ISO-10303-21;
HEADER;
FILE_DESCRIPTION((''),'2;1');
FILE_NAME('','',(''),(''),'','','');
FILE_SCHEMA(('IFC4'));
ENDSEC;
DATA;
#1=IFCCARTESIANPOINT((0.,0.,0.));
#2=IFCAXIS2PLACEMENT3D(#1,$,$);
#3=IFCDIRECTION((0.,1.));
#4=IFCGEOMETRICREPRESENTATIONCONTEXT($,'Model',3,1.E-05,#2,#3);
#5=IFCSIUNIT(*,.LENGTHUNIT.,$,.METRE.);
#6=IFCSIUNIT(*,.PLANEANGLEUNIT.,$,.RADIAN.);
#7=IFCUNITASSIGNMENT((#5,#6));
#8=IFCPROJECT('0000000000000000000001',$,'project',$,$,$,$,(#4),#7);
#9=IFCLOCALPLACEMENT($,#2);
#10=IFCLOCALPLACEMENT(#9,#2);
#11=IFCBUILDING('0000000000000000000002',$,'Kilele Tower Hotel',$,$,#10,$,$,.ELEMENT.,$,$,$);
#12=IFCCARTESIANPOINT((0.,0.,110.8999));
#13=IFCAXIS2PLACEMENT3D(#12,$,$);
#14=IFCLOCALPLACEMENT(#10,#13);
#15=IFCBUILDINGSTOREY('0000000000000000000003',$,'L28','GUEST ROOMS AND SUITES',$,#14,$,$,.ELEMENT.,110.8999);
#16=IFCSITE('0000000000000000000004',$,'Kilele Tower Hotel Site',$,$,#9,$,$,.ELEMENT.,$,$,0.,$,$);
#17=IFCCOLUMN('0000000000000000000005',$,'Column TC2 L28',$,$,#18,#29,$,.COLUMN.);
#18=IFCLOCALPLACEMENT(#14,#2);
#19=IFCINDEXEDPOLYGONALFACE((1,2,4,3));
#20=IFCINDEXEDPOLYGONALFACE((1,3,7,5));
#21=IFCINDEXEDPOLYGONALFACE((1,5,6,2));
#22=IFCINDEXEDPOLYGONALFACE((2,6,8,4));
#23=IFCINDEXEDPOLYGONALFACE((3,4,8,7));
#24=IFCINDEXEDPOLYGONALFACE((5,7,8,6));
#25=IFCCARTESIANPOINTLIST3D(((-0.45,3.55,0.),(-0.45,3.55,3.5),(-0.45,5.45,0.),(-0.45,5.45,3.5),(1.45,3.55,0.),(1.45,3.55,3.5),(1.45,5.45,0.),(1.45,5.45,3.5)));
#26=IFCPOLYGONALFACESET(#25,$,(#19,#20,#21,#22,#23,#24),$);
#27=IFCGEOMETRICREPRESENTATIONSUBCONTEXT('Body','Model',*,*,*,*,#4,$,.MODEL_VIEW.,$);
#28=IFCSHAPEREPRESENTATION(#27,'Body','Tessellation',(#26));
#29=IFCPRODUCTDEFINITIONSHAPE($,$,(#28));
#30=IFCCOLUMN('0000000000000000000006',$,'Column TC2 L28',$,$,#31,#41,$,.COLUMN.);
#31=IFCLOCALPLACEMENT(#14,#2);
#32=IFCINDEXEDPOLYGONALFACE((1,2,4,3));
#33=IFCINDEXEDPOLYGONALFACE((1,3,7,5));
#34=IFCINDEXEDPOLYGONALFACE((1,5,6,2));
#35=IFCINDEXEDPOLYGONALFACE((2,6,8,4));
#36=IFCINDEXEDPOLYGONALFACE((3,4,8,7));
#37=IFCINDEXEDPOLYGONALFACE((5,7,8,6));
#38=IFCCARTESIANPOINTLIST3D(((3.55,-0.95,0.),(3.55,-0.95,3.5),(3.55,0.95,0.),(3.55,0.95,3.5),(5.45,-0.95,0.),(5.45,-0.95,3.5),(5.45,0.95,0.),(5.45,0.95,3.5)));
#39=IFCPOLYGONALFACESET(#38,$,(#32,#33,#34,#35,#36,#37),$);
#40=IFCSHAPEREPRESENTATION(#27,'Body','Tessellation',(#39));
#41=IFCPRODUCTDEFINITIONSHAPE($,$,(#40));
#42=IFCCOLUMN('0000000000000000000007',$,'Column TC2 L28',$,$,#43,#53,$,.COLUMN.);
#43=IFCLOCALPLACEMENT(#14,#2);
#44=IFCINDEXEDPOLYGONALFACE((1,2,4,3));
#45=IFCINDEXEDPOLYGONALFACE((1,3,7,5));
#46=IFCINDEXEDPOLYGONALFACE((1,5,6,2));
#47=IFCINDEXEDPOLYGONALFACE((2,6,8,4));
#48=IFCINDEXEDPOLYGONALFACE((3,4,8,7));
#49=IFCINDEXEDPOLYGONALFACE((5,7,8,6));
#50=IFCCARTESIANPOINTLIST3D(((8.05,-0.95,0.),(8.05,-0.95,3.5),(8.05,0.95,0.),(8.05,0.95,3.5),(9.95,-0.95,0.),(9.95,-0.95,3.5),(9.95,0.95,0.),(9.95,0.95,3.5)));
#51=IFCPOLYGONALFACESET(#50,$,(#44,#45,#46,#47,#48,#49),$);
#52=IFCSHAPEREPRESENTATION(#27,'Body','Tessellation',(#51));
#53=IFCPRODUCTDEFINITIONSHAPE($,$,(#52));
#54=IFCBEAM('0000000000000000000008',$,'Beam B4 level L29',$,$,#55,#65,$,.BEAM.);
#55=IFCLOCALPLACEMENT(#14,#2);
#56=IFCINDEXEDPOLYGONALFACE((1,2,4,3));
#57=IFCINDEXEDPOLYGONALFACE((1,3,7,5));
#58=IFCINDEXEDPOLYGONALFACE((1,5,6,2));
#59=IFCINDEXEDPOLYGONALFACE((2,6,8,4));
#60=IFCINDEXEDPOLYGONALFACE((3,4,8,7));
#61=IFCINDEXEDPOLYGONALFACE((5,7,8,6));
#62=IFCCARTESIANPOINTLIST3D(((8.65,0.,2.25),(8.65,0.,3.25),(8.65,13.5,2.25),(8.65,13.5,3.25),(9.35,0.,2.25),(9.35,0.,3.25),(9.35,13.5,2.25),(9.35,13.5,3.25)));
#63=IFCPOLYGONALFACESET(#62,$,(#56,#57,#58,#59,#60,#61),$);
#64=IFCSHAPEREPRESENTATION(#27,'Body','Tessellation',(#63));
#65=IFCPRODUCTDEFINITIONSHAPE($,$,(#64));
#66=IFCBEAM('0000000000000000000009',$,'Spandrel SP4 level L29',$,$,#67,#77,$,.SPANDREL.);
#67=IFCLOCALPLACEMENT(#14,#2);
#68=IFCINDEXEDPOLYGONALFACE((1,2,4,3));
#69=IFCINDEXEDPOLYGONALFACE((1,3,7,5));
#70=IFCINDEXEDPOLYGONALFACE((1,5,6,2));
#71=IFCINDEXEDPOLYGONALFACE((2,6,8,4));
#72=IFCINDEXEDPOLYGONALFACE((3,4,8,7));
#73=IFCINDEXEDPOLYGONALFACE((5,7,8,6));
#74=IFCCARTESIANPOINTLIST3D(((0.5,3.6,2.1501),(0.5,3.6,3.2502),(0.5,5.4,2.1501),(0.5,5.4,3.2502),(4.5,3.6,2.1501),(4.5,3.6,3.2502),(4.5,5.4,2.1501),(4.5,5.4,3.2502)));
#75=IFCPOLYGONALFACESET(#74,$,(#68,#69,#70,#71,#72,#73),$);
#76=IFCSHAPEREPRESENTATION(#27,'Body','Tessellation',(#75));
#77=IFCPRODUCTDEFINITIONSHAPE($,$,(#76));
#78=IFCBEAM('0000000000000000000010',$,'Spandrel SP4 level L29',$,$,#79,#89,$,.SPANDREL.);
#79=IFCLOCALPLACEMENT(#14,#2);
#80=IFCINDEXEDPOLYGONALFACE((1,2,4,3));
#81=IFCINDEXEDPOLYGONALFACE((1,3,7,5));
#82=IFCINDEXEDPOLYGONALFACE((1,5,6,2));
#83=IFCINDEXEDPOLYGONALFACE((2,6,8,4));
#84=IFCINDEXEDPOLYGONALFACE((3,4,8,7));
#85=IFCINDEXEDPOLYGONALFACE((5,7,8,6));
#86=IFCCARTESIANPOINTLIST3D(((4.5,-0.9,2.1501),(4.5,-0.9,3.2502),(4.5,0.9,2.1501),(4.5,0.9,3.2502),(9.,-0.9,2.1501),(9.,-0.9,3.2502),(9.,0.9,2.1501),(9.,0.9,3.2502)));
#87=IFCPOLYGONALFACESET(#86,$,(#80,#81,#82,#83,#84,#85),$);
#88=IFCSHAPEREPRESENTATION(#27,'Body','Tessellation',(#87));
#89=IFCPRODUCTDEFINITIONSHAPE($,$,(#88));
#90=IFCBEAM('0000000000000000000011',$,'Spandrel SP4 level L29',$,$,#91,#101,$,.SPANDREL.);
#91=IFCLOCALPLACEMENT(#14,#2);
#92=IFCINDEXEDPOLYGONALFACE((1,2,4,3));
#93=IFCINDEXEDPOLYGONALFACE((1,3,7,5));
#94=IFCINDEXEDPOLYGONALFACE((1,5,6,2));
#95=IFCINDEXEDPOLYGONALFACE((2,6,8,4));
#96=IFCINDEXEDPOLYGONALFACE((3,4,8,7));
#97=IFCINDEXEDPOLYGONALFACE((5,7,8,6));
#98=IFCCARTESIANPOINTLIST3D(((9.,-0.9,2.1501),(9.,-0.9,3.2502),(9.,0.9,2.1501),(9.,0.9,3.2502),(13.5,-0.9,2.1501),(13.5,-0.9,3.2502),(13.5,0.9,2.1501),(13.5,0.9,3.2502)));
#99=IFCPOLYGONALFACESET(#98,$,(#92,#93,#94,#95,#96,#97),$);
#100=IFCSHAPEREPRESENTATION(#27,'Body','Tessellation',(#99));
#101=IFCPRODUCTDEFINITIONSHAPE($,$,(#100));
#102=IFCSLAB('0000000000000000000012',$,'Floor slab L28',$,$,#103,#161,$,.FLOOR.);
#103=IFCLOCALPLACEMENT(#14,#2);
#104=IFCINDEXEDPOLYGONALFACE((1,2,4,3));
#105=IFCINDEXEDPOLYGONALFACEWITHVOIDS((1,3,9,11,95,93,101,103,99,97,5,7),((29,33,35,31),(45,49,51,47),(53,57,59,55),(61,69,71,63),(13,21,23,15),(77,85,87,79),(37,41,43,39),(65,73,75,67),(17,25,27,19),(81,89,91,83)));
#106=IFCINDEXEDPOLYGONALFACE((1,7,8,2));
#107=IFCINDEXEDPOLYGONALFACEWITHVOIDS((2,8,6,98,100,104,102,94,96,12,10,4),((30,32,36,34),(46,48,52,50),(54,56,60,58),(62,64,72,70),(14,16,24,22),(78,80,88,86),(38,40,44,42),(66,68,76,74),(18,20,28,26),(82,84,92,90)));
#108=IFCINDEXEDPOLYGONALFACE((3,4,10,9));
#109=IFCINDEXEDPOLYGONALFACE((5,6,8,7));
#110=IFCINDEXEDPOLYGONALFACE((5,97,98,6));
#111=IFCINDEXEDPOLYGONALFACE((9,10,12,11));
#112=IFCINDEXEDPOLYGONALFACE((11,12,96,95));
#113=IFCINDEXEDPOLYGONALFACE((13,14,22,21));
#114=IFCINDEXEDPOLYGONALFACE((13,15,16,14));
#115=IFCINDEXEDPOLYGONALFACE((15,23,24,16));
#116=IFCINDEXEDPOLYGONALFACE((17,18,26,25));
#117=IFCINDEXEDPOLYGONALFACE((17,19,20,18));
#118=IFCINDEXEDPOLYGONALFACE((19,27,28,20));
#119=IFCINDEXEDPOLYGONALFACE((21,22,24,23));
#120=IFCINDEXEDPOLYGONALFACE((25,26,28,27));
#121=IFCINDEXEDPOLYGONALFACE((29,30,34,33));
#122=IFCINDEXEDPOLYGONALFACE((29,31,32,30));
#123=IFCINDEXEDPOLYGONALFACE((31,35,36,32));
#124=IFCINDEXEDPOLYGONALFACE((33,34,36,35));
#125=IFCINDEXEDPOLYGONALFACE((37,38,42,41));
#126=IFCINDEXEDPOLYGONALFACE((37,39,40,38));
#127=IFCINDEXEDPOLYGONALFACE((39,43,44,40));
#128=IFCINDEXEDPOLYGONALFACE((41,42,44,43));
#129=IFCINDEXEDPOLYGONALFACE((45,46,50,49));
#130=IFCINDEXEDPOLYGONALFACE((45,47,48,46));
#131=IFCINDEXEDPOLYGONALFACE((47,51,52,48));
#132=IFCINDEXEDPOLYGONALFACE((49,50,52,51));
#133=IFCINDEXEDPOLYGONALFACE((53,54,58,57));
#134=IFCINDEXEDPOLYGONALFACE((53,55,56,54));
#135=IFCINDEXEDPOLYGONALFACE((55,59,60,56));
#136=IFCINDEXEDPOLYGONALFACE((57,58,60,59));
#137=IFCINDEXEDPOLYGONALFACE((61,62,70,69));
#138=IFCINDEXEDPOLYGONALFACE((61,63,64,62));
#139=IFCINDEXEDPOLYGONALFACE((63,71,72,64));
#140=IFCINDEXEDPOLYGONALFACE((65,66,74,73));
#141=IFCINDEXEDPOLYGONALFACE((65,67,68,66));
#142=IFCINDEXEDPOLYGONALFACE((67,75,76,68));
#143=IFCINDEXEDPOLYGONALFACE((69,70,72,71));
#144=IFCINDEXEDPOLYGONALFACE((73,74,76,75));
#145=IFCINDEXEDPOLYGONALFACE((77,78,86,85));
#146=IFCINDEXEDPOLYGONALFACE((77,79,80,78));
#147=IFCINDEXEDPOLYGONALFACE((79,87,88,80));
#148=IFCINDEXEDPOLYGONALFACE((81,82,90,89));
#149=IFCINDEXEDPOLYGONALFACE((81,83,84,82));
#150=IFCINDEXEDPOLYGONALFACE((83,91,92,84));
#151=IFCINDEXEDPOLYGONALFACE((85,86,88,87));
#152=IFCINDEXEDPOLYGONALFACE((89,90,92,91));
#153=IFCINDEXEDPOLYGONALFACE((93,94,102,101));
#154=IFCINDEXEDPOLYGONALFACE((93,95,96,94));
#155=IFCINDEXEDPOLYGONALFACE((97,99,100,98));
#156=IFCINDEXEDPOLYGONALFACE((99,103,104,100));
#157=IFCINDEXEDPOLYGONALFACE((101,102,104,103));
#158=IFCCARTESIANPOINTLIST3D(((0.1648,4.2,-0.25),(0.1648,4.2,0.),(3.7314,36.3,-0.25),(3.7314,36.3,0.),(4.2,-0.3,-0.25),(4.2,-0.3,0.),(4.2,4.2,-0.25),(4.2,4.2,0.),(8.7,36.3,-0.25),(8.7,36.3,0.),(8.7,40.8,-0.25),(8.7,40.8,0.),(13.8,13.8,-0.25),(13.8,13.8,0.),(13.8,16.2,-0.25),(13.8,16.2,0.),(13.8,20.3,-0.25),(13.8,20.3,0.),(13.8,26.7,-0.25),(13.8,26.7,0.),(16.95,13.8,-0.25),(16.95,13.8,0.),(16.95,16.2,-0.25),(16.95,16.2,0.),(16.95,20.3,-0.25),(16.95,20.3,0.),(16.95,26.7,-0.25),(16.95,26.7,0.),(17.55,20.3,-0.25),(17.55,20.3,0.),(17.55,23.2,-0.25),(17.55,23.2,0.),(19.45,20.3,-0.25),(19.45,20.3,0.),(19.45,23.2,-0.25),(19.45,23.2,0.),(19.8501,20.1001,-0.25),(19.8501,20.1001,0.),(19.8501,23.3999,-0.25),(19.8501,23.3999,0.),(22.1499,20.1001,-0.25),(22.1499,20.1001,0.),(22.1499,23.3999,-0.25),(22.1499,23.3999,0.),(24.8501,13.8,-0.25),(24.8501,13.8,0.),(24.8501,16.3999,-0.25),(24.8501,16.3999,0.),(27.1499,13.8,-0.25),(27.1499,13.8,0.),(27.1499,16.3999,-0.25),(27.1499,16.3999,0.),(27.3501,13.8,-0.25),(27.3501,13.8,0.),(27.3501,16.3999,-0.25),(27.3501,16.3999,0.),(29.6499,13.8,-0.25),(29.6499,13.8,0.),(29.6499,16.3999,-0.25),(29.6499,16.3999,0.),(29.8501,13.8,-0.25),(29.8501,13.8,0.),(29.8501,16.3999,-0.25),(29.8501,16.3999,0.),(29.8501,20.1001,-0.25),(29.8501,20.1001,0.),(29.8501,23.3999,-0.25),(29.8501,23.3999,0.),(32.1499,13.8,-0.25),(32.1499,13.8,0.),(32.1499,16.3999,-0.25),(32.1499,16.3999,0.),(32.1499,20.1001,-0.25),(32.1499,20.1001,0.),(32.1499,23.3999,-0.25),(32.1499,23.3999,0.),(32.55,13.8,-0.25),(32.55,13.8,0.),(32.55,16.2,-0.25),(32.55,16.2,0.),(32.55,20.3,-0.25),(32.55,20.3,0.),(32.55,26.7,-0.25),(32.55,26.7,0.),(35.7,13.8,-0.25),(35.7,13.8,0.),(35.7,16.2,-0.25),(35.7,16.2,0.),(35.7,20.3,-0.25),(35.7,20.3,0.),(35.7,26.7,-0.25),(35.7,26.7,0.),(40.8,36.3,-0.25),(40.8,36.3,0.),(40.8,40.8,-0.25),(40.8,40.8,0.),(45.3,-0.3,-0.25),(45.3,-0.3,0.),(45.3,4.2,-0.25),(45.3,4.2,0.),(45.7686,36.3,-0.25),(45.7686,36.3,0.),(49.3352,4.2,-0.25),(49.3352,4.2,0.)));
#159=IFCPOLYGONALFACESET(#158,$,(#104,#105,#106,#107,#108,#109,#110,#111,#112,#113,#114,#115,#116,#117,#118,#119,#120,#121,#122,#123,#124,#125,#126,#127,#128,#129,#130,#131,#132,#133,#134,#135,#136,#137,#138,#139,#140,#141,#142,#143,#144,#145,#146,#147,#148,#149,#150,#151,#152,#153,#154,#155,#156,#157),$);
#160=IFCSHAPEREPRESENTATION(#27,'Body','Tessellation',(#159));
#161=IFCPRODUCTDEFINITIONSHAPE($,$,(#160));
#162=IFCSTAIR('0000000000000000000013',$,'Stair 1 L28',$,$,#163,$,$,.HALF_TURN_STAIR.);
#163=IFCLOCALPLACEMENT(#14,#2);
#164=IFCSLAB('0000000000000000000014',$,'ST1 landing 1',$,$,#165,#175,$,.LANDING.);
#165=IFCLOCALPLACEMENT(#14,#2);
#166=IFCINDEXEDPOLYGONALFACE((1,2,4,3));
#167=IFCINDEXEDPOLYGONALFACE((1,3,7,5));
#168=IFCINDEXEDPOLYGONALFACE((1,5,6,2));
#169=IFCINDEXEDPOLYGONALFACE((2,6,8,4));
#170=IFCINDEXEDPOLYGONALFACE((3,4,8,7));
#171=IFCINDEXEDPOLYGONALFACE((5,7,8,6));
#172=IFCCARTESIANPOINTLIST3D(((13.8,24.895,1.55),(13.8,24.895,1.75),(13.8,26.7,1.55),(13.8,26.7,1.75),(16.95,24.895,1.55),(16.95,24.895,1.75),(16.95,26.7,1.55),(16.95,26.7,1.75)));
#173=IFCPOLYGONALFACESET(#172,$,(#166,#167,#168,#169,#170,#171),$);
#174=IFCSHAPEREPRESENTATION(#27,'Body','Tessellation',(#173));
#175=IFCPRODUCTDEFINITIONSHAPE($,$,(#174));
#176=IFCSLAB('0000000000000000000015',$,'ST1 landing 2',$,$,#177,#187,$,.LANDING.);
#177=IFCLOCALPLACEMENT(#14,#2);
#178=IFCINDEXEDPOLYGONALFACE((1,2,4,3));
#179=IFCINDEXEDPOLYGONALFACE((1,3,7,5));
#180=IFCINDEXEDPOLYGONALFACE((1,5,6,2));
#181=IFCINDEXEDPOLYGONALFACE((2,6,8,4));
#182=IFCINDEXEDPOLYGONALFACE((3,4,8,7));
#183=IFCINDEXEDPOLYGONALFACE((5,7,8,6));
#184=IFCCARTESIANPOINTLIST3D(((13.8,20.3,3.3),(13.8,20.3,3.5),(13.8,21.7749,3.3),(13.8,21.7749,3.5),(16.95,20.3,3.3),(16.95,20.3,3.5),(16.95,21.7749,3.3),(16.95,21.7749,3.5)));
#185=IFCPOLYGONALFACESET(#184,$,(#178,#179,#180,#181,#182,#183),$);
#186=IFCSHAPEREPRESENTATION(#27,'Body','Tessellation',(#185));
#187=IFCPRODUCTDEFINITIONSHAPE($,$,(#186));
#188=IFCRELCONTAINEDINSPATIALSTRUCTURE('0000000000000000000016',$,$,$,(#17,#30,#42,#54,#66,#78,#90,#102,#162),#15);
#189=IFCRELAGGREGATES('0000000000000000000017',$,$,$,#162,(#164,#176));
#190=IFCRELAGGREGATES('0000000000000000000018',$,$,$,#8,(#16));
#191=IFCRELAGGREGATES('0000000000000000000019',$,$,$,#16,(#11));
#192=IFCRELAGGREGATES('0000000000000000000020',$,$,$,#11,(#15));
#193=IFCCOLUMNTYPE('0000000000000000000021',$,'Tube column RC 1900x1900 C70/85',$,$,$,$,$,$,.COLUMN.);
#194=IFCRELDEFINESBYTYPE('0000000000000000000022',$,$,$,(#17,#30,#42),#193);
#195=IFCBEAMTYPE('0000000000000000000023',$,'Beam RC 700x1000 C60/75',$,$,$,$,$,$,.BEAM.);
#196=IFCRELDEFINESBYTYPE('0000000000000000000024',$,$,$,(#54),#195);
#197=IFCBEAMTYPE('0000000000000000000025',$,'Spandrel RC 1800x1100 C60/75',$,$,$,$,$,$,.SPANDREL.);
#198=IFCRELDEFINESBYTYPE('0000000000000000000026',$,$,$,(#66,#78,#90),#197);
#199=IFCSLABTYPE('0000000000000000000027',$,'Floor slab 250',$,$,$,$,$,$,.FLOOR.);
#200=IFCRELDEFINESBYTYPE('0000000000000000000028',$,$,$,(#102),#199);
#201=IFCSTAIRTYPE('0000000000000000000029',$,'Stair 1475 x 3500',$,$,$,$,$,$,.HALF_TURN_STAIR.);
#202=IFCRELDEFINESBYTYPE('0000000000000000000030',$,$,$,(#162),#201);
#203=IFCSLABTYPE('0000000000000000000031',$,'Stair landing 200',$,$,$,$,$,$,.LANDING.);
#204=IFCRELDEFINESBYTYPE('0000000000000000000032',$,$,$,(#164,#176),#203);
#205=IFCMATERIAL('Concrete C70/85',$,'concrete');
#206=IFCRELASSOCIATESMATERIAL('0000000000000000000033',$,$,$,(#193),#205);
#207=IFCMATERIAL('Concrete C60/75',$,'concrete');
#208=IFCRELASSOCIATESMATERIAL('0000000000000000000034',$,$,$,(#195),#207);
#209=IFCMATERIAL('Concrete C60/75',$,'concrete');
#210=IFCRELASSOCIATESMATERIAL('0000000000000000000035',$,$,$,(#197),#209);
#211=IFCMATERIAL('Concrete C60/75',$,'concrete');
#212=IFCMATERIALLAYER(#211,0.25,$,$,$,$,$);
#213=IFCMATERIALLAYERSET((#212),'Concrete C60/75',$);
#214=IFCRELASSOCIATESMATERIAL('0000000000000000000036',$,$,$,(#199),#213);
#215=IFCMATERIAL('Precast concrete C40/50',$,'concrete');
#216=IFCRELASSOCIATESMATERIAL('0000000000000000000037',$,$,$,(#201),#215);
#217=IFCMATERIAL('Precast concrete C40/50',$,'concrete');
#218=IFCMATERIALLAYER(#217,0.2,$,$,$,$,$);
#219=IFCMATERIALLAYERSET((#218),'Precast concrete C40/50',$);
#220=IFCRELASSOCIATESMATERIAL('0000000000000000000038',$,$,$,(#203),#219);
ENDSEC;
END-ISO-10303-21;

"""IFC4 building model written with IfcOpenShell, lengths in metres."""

from ifc_helpers import new_model, si_unit, direction, frame, origin, origin_2d, place, context, subcontext, project, spatial, polyline, rectangle, outline, extrude, material, layer, layer_set, material_profile, profile_set, type_object, element, aggregate, save


model = new_model("IFC4")

# Units and contexts
model_context = context("Model", 3, precision=1e-05, world=origin(), true_north=direction((0.0, 1.0)))
body_context = subcontext(model_context, "Body", "Model", "MODEL_VIEW")
ifc_project = project(units=[si_unit("LENGTHUNIT", "METRE"), si_unit("PLANEANGLEUNIT", "RADIAN")], contexts=[model_context])

# Site, building, storey
site_placement = place(None, origin())
site = spatial("IfcSite", under=ifc_project, at=site_placement, Name="Kilele Tower Hotel Site", CompositionType="ELEMENT", RefElevation=0.0)
building_placement = place(site_placement, origin())
building = spatial("IfcBuilding", under=site, at=building_placement, Name="Kilele Tower Hotel", CompositionType="ELEMENT")
storey_placement = place(building_placement, frame((0.0, 0.0, 110.8999)))
storey = spatial("IfcBuildingStorey", under=building, at=storey_placement, Name="L28", Description="GUEST ROOMS AND SUITES", CompositionType="ELEMENT", Elevation=110.8999)

# Columns
ifc_material_1 = material(Name="Concrete C70/85", Category="concrete")
ifc_material_profile_1 = material_profile(ifc_material_1, rectangle(XDim=1.8999, YDim=1.8999, at=origin_2d()))
ifc_profile_set_1 = profile_set([ifc_material_profile_1], Name="Concrete C70/85")
column_type = type_object("IfcColumnType", Name="Tube column RC 1900x1900 C70/85", PredefinedType="COLUMN", material=ifc_profile_set_1)
for number, where, z_axis, x_axis, name in (
    (1, (0.5, 4.5, 0.0), (0.0, 0.0, 1.0), (1.0, 0.0, 0.0), "Column TC2 L28"),
    (2, (4.5, 0.0, 0.0), (0.0, 0.0, 1.0), (1.0, 0.0, 0.0), "Column TC2 L28"),
    (3, (9.0, 0.0, 0.0), (0.0, 0.0, 1.0), (1.0, 0.0, 0.0), "Column TC2 L28"),
):
    element("IfcColumn", number, at=place(storey_placement, frame(where, z_axis=z_axis, x_axis=x_axis)), inside=storey, type_object=column_type, Name=name, PredefinedType="COLUMN", context=body_context, shape_type="SweptSolid", body=[
        extrude(rectangle(XDim=1.8999, YDim=1.8999, at=origin_2d()), origin(), (0.0, 0.0, 1.0), 3.5),
    ])

# Beams
ifc_material_2 = material(Name="Concrete C60/75", Category="concrete")
ifc_material_profile_2 = material_profile(ifc_material_2, rectangle(XDim=0.7, YDim=1.0, at=origin_2d()))
ifc_profile_set_2 = profile_set([ifc_material_profile_2], Name="Concrete C60/75")
beam_type_1 = type_object("IfcBeamType", Name="Beam RC 700x1000 C60/75", PredefinedType="BEAM", material=ifc_profile_set_2)
beam_1_placement = place(storey_placement, frame((9.0, 0.0, 2.75), z_axis=(0.0, 1.0, 0.0), x_axis=(-1.0, 0.0, 0.0)))
element("IfcBeam", 4, at=beam_1_placement, inside=storey, type_object=beam_type_1, Name="Beam B4 level L29", PredefinedType="BEAM", context=body_context, shape_type="SweptSolid", body=[
    extrude(rectangle(XDim=0.7, YDim=1.0, at=origin_2d()), origin(), (0.0, 0.0, 1.0), 13.5),
])
ifc_material_3 = material(Name="Concrete C60/75", Category="concrete")
ifc_material_profile_3 = material_profile(ifc_material_3, rectangle(XDim=1.8, YDim=1.1001, at=origin_2d()))
ifc_profile_set_3 = profile_set([ifc_material_profile_3], Name="Concrete C60/75")
beam_type_2 = type_object("IfcBeamType", Name="Spandrel RC 1800x1100 C60/75", PredefinedType="SPANDREL", material=ifc_profile_set_3)
beam_2_placement = place(storey_placement, frame((0.5, 4.5, 2.7002), z_axis=(1.0, 0.0, 0.0), x_axis=(0.0, 1.0, 0.0)))
element("IfcBeam", 5, at=beam_2_placement, inside=storey, type_object=beam_type_2, Name="Spandrel SP4 level L29", PredefinedType="SPANDREL", context=body_context, shape_type="SweptSolid", body=[
    extrude(rectangle(XDim=1.8, YDim=1.1001, at=origin_2d()), origin(), (0.0, 0.0, 1.0), 4.0),
])
for number, where, z_axis, x_axis, name in (
    (6, (4.5, 0.0, 2.7002), (1.0, 0.0, 0.0), (0.0, 1.0, 0.0), "Spandrel SP4 level L29"),
    (7, (9.0, 0.0, 2.7002), (1.0, 0.0, 0.0), (0.0, 1.0, 0.0), "Spandrel SP4 level L29"),
):
    element("IfcBeam", number, at=place(storey_placement, frame(where, z_axis=z_axis, x_axis=x_axis)), inside=storey, type_object=beam_type_2, Name=name, PredefinedType="SPANDREL", context=body_context, shape_type="SweptSolid", body=[
        extrude(rectangle(XDim=1.8, YDim=1.1001, at=origin_2d()), origin(), (0.0, 0.0, 1.0), 4.5),
    ])

# Slab
ifc_material_4 = material(Name="Concrete C60/75", Category="concrete")
ifc_layer_1 = layer(ifc_material_4, 0.25)
ifc_layer_set_1 = layer_set([ifc_layer_1], Name="Concrete C60/75")
slab_type_1 = type_object("IfcSlabType", Name="Floor slab 250", PredefinedType="FLOOR", material=ifc_layer_set_1)
slab_1_placement = place(storey_placement, frame((0.0, 0.0, -0.25)))
element("IfcSlab", 8, at=slab_1_placement, inside=storey, type_object=slab_type_1, Name="Floor slab L28", PredefinedType="FLOOR", context=body_context, shape_type="SweptSolid", body=[
    extrude(outline(polyline([(8.7, 36.3), (8.7, 40.8), (40.8, 40.8), (40.8, 36.3), (45.7686, 36.3), (49.3352, 4.2), (45.3, 4.2), (45.3, -0.3), (4.2, -0.3), (4.2, 4.2), (0.1648, 4.2), (3.7314, 36.3), (8.7, 36.3)]), holes=[polyline([(16.95, 16.2), (13.8, 16.2), (13.8, 13.8), (16.95, 13.8), (16.95, 16.2)]), polyline([(35.7, 16.2), (32.55, 16.2), (32.55, 13.8), (35.7, 13.8), (35.7, 16.2)]), polyline([(27.1499, 16.3999), (24.8501, 16.3999), (24.8501, 13.8), (27.1499, 13.8), (27.1499, 16.3999)]), polyline([(29.6499, 13.8), (29.6499, 16.3999), (27.3501, 16.3999), (27.3501, 13.8), (29.6499, 13.8)]), polyline([(32.1499, 13.8), (32.1499, 16.3999), (29.8501, 16.3999), (29.8501, 13.8), (32.1499, 13.8)]), polyline([(19.45, 23.2), (17.55, 23.2), (17.55, 20.3), (19.45, 20.3), (19.45, 23.2)]), polyline([(22.1499, 23.3999), (19.8501, 23.3999), (19.8501, 20.1001), (22.1499, 20.1001), (22.1499, 23.3999)]), polyline([(32.1499, 23.3999), (29.8501, 23.3999), (29.8501, 20.1001), (32.1499, 20.1001), (32.1499, 23.3999)]), polyline([(16.95, 20.3), (16.95, 26.7), (13.8, 26.7), (13.8, 20.3), (16.95, 20.3)]), polyline([(35.7, 20.3), (35.7, 26.7), (32.55, 26.7), (32.55, 20.3), (35.7, 20.3)])]), origin(), (0.0, 0.0, 1.0), 0.25),
])

# Stair, slabs
ifc_material_5 = material(Name="Precast concrete C40/50", Category="concrete")
stair_type = type_object("IfcStairType", Name="Stair 1475 x 3500", PredefinedType="HALF_TURN_STAIR", material=ifc_material_5)
stair_1_placement = place(storey_placement, origin())
stair_1 = element("IfcStair", 9, at=stair_1_placement, inside=storey, type_object=stair_type, Name="Stair 1 L28", PredefinedType="HALF_TURN_STAIR")
ifc_material_6 = material(Name="Precast concrete C40/50", Category="concrete")
ifc_layer_2 = layer(ifc_material_6, 0.2)
ifc_layer_set_2 = layer_set([ifc_layer_2], Name="Precast concrete C40/50")
slab_type_2 = type_object("IfcSlabType", Name="Stair landing 200", PredefinedType="LANDING", material=ifc_layer_set_2)
slab_2_placement = place(storey_placement, frame((0.0, 0.0, 1.55)))
slab_2 = element("IfcSlab", 10, at=slab_2_placement, type_object=slab_type_2, Name="ST1 landing 1", PredefinedType="LANDING", context=body_context, shape_type="SweptSolid", body=[
    extrude(outline(polyline([(13.8, 24.895), (16.95, 24.895), (16.95, 26.7), (13.8, 26.7), (13.8, 24.895)])), origin(), (0.0, 0.0, 1.0), 0.2),
])
slab_3_placement = place(storey_placement, frame((0.0, 0.0, 3.3)))
slab_3 = element("IfcSlab", 11, at=slab_3_placement, type_object=slab_type_2, Name="ST1 landing 2", PredefinedType="LANDING", context=body_context, shape_type="SweptSolid", body=[
    extrude(outline(polyline([(13.8, 20.3), (16.95, 20.3), (16.95, 21.7749), (13.8, 21.7749), (13.8, 20.3)])), origin(), (0.0, 0.0, 1.0), 0.2),
])
aggregate(stair_1, [slab_2, slab_3])

save(model, "model.ifc")
